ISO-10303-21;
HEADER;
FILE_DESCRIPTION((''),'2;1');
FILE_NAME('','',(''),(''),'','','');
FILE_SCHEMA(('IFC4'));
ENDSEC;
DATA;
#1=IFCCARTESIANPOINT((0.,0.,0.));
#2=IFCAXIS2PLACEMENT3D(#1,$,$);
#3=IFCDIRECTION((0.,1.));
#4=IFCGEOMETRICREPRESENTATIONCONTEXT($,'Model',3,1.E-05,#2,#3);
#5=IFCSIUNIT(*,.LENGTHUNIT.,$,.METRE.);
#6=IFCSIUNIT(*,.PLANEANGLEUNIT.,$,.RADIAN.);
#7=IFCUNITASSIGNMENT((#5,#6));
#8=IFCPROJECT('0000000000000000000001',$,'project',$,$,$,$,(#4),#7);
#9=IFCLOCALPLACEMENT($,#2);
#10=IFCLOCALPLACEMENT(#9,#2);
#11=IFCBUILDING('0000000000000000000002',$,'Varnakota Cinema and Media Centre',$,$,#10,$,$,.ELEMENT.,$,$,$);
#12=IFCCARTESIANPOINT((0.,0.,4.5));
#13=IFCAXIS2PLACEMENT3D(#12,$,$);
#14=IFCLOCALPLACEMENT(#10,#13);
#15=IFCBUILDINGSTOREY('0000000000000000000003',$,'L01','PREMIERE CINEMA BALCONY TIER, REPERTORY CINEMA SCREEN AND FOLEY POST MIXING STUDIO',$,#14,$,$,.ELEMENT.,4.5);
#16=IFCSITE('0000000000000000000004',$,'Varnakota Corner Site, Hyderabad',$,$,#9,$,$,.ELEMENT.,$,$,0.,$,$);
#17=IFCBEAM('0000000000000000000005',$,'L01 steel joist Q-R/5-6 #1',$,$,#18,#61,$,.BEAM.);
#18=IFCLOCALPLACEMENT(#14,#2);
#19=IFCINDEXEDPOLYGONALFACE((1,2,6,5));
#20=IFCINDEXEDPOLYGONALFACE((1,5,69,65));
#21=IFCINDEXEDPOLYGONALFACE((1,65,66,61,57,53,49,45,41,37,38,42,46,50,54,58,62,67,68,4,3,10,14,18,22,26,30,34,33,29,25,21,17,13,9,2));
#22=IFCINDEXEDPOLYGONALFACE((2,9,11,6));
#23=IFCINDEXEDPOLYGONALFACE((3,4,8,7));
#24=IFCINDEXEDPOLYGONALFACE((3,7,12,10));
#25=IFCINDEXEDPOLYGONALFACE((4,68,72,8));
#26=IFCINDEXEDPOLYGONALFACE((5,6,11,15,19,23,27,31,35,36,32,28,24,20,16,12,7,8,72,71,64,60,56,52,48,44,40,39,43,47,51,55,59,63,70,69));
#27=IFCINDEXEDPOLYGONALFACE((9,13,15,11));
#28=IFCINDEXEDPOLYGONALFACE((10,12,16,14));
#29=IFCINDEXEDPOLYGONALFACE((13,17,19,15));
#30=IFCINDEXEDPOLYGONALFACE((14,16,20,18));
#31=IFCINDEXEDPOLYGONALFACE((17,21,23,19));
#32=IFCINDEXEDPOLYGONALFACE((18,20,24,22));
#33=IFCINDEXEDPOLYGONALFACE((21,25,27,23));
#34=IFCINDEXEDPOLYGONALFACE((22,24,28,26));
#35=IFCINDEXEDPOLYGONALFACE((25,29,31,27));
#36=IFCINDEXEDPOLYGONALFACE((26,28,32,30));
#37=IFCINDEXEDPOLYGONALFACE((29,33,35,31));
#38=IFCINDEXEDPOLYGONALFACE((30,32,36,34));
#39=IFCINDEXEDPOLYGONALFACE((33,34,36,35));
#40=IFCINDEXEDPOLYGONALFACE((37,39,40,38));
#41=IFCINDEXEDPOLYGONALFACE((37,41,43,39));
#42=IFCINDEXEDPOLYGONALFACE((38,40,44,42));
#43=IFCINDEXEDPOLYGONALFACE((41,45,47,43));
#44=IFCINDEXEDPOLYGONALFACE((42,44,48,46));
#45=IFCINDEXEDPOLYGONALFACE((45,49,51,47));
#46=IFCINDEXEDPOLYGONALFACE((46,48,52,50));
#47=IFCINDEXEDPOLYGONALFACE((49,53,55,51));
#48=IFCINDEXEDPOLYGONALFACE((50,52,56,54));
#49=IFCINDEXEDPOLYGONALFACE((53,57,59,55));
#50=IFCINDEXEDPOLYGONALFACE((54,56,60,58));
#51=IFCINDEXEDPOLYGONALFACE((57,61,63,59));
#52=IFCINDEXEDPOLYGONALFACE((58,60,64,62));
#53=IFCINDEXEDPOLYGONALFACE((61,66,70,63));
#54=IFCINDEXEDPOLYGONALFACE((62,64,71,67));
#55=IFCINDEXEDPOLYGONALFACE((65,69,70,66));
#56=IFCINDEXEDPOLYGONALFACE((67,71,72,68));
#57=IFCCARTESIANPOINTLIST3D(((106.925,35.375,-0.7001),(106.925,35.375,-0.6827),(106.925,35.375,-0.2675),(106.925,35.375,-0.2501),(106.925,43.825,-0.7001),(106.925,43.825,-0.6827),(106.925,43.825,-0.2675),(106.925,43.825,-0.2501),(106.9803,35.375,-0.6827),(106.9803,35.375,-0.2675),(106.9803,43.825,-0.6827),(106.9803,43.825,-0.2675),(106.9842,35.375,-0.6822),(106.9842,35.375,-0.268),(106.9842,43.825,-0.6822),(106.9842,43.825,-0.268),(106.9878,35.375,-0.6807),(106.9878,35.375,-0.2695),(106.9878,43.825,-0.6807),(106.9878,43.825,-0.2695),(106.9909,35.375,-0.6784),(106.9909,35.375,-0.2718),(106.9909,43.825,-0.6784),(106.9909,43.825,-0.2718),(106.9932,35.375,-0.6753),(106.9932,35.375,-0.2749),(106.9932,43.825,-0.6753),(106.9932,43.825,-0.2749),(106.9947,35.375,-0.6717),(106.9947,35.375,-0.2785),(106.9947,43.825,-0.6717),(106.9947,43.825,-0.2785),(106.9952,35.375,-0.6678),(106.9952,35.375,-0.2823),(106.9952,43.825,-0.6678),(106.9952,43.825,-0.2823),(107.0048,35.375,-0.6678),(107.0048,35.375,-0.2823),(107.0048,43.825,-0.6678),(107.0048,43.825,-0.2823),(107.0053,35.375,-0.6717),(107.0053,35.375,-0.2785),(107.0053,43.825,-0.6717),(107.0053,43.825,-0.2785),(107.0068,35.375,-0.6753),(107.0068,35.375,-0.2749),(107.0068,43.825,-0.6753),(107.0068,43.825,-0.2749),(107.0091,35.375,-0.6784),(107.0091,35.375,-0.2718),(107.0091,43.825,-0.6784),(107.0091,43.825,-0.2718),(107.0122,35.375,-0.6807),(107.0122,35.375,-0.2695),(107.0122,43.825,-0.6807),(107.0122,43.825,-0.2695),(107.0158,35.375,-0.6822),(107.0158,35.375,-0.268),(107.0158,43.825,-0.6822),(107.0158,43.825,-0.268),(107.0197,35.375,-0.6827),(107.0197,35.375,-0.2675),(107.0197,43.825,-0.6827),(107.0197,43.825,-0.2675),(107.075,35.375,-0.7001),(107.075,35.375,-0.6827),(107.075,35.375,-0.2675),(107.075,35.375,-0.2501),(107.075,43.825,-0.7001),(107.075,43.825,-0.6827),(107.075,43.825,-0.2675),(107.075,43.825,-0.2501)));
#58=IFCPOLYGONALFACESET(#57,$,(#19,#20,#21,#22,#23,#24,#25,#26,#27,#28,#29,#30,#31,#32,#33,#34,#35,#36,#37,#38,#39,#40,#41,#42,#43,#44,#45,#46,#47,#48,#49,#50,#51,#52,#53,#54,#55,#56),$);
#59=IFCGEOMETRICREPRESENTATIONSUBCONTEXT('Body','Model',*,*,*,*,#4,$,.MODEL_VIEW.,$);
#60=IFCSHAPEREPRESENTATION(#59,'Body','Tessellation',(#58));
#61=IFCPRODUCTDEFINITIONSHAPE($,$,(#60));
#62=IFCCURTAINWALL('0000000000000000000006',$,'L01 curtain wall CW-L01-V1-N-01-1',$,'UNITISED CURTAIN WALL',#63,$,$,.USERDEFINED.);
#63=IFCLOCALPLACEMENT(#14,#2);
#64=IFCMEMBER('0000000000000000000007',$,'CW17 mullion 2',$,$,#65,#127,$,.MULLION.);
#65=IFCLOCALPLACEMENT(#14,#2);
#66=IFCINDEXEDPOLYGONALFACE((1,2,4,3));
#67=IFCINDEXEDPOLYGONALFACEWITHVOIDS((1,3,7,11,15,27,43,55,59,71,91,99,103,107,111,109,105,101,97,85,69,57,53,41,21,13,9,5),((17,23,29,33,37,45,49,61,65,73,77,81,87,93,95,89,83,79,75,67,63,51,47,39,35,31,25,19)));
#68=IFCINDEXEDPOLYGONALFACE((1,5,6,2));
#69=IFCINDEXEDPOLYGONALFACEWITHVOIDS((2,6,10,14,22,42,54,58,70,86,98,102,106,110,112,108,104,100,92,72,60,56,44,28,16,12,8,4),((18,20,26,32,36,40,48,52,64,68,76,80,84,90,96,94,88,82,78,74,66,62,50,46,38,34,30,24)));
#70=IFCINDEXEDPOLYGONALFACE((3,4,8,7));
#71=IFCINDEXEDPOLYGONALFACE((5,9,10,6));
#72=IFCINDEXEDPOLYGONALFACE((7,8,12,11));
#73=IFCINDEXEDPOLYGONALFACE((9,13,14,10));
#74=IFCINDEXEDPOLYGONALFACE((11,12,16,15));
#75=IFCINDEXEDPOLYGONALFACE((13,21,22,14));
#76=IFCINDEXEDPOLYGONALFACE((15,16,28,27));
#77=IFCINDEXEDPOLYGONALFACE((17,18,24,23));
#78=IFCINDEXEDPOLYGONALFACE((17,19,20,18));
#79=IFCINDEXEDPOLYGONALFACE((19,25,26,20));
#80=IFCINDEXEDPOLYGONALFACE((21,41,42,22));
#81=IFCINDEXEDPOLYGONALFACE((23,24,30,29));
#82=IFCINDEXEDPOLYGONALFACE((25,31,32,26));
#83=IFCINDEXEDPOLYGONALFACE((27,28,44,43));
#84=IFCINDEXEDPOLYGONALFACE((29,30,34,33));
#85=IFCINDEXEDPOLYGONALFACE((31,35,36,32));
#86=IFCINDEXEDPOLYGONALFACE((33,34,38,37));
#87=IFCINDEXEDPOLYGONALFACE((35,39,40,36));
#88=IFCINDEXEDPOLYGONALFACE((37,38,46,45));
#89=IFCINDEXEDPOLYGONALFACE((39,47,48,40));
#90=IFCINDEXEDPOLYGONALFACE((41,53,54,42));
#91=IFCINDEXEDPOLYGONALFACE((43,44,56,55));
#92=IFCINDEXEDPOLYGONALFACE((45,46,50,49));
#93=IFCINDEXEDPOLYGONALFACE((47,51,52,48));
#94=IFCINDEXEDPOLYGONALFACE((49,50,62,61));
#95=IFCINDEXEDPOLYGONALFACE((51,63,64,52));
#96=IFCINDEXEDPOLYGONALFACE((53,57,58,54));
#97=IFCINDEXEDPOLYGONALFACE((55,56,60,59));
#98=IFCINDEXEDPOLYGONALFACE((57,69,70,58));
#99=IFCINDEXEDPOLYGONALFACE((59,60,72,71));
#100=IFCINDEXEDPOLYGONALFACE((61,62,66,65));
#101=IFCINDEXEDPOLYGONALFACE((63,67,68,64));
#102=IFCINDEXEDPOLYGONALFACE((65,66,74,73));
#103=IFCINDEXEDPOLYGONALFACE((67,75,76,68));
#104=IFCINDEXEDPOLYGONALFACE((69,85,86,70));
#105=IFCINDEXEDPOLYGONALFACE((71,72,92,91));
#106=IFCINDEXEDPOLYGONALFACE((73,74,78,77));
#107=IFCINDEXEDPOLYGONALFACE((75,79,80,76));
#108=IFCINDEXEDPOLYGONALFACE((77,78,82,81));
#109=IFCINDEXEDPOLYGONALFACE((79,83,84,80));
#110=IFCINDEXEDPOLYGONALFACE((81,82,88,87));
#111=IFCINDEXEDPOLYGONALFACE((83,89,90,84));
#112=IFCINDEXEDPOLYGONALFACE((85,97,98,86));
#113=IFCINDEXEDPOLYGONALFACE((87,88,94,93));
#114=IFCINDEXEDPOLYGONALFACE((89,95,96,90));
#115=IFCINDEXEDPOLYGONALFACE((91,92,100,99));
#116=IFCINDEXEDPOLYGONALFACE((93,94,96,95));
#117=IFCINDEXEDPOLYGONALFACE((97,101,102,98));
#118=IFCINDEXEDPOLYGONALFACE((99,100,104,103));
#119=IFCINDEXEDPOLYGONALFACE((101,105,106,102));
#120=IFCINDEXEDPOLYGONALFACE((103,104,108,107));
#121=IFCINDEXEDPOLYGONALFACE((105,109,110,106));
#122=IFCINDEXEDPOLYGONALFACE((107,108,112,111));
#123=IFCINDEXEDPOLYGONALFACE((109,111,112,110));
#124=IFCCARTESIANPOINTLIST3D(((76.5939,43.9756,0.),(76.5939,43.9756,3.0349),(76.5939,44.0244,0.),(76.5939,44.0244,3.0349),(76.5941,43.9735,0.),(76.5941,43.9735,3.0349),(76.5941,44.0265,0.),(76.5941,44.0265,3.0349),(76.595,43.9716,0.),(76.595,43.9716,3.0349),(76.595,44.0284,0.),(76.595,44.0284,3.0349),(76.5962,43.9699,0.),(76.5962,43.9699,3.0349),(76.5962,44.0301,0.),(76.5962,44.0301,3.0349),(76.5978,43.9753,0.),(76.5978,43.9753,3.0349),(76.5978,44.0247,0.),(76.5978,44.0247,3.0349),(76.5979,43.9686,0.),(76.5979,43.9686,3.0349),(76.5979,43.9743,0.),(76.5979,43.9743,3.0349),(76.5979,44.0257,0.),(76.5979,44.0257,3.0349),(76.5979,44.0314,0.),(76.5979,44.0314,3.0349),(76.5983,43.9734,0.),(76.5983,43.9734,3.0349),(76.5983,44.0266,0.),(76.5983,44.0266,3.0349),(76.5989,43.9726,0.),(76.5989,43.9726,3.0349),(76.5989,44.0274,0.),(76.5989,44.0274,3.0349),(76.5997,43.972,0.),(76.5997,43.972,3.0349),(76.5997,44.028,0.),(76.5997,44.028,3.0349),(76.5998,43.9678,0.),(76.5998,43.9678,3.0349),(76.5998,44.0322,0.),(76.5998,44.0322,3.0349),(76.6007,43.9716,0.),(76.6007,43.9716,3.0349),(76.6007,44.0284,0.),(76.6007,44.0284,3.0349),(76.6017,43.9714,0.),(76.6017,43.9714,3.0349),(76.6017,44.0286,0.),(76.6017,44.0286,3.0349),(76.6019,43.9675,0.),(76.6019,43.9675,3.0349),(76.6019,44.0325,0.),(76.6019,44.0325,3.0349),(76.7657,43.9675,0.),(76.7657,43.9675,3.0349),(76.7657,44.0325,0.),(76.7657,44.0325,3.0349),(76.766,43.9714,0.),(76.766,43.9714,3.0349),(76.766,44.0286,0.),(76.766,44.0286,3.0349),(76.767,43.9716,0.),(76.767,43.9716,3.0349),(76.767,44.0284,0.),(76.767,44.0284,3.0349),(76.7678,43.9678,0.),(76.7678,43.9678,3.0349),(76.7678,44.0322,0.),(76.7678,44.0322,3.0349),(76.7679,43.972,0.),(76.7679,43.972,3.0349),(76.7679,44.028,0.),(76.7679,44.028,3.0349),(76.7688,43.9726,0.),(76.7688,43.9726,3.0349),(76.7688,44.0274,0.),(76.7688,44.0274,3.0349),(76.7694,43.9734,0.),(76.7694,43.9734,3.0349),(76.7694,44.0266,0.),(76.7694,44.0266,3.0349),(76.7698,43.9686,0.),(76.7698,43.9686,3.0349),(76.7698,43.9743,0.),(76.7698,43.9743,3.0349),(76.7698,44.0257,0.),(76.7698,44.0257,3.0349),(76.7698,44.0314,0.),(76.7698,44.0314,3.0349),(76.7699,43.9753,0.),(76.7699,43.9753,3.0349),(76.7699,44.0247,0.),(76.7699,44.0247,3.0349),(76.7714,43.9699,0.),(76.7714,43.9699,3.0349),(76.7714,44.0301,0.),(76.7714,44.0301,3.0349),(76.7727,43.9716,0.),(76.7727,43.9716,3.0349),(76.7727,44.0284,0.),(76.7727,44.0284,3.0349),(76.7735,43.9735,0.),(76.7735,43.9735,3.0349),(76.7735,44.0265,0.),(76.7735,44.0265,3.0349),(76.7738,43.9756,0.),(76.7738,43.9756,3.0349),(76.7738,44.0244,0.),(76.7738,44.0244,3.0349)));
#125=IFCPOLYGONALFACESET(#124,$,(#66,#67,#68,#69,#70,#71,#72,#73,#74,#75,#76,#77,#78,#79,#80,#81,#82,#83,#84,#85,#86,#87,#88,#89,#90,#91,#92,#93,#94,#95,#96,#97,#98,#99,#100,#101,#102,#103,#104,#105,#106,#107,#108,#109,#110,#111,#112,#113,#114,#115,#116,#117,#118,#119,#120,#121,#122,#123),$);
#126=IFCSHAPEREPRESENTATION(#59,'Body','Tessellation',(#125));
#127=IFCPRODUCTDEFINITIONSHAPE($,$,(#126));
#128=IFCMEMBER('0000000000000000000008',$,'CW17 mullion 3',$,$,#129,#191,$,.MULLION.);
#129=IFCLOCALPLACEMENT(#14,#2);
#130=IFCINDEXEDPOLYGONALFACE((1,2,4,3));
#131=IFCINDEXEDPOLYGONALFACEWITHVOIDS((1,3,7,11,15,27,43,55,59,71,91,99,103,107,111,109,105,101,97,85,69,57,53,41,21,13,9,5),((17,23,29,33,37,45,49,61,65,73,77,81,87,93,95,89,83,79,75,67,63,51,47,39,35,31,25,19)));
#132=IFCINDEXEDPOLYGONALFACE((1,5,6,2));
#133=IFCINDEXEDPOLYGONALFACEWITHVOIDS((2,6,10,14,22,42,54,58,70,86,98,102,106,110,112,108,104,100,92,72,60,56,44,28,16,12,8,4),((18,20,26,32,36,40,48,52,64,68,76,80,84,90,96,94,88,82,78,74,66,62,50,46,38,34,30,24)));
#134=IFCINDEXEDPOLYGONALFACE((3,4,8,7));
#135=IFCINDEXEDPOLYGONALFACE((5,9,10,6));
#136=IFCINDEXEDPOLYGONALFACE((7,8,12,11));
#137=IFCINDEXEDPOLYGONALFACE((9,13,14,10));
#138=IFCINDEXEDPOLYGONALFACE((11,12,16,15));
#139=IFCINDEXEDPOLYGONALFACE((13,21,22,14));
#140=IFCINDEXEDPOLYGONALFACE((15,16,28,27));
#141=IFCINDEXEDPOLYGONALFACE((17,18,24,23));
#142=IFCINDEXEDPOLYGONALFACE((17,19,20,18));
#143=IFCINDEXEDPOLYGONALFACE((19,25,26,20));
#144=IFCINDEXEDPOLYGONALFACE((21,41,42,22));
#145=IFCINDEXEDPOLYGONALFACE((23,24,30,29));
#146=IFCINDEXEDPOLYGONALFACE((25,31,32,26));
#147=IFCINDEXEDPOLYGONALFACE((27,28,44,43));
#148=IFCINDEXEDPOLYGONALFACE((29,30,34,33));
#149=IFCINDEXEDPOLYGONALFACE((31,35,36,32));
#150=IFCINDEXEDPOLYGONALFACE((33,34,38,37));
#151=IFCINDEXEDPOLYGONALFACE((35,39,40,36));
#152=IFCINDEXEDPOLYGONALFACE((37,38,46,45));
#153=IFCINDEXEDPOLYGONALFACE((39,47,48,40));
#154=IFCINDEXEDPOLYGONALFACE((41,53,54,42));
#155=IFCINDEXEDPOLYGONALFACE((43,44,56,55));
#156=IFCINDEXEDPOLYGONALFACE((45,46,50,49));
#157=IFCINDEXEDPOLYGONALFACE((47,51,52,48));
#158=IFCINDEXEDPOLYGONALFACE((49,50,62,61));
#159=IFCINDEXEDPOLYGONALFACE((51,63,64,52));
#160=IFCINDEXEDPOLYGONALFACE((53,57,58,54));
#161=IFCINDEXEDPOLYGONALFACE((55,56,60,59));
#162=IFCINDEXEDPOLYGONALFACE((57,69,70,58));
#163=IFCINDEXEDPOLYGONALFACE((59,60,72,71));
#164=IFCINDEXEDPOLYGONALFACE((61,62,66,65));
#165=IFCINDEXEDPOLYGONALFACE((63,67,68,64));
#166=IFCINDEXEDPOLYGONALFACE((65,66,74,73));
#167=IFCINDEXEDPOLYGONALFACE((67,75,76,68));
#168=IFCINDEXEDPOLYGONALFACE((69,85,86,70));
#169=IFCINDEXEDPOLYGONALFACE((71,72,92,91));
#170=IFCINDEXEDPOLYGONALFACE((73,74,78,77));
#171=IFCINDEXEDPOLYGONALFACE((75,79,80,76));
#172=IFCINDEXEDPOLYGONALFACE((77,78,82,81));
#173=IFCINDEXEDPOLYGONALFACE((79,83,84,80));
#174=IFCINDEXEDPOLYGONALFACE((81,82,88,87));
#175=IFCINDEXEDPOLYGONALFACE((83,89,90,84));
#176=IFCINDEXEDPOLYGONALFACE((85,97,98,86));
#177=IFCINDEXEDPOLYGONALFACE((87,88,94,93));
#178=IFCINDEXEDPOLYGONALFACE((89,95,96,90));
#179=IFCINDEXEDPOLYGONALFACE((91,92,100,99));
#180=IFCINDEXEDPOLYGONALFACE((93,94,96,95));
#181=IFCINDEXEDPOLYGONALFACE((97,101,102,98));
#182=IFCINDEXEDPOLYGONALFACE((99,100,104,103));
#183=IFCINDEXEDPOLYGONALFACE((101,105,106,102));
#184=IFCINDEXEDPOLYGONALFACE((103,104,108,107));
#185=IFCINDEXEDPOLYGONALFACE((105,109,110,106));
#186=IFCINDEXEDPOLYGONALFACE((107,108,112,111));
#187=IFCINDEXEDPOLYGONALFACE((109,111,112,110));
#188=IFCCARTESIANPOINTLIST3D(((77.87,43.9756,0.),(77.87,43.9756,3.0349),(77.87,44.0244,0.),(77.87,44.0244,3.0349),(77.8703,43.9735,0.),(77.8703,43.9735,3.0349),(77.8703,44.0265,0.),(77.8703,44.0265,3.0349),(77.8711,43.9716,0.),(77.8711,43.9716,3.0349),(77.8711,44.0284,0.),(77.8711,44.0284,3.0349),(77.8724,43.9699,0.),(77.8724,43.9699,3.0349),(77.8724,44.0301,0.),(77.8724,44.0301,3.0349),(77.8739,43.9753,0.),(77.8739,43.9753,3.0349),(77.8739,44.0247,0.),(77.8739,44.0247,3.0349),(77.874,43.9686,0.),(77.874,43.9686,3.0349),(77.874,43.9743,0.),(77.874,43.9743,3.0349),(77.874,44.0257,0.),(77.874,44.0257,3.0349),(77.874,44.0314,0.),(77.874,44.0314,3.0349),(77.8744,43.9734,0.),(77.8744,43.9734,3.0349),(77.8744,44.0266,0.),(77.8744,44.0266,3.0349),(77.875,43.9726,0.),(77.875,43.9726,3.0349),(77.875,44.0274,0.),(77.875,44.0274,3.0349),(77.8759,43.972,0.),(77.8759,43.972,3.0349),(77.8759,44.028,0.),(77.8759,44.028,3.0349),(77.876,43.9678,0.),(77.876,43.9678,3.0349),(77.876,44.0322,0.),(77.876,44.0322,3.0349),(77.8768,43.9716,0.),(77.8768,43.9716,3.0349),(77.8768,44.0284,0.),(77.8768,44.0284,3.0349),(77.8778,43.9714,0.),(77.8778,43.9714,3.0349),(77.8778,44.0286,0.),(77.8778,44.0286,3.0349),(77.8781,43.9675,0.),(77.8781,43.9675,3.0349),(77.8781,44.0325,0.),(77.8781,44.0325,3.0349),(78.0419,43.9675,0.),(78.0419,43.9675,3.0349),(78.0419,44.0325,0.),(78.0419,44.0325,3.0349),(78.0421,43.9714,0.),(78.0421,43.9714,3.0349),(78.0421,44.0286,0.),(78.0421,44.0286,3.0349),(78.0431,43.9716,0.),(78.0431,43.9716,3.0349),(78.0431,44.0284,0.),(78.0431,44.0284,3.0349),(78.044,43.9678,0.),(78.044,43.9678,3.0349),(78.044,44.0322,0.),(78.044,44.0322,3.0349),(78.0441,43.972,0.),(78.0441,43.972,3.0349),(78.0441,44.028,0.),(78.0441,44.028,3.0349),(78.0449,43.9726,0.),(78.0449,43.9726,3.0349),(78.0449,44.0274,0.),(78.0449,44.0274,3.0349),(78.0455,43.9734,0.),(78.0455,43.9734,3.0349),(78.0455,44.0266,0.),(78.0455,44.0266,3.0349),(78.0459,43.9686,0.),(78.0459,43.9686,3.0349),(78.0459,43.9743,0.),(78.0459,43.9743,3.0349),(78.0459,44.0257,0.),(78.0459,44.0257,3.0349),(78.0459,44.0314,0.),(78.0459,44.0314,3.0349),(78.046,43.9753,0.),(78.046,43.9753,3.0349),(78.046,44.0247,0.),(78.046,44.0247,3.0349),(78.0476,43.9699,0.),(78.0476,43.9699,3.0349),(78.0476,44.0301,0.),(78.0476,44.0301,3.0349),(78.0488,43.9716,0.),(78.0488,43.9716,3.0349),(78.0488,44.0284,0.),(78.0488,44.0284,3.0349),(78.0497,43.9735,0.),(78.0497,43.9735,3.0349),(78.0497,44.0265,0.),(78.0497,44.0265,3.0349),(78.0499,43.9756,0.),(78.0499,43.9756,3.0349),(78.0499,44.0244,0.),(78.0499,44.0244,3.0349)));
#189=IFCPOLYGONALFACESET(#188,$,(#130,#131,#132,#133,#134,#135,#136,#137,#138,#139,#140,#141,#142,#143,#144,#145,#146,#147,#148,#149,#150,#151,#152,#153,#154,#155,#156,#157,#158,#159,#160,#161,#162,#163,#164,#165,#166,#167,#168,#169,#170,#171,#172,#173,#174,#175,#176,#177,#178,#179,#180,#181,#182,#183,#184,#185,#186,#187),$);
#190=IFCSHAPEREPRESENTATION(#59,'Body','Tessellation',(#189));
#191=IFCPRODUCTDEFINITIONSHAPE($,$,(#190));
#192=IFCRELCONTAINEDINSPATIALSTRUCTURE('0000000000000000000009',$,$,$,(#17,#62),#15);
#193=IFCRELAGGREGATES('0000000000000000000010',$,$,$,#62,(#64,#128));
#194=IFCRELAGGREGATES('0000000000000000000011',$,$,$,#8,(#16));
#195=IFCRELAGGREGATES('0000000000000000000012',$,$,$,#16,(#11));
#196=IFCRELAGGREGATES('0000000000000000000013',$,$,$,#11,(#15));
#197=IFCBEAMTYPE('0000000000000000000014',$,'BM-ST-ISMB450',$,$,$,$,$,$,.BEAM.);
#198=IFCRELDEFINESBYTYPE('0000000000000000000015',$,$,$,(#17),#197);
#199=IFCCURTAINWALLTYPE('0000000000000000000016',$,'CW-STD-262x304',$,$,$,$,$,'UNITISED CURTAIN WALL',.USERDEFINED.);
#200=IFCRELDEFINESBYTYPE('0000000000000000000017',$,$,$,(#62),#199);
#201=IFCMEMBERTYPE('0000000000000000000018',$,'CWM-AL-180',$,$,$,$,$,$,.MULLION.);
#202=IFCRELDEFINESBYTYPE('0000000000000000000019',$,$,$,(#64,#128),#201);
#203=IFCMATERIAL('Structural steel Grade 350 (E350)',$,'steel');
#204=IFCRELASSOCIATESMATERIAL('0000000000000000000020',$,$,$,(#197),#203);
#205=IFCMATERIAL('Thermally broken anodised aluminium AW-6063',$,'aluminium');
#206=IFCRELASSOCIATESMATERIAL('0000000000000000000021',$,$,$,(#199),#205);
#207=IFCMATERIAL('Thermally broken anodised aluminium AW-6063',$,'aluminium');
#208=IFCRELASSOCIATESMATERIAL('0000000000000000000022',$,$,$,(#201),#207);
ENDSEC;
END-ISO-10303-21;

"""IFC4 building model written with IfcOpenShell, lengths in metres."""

from ifc_helpers import new_model, si_unit, direction, frame, origin, origin_2d, place, context, subcontext, project, spatial, hollow_rectangle, i_section, extrude, material, material_profile, profile_set, type_object, element, aggregate, save


model = new_model("IFC4")

# Units and contexts
model_context = context("Model", 3, precision=1e-05, world=origin(), true_north=direction((0.0, 1.0)))
body_context = subcontext(model_context, "Body", "Model", "MODEL_VIEW")
ifc_project = project(units=[si_unit("LENGTHUNIT", "METRE"), si_unit("PLANEANGLEUNIT", "RADIAN")], contexts=[model_context])

# Site, building, storey
site_placement = place(None, origin())
site = spatial("IfcSite", under=ifc_project, at=site_placement, Name="Varnakota Corner Site, Hyderabad", CompositionType="ELEMENT", RefElevation=0.0)
building_placement = place(site_placement, origin())
building = spatial("IfcBuilding", under=site, at=building_placement, Name="Varnakota Cinema and Media Centre", CompositionType="ELEMENT")
storey_placement = place(building_placement, frame((0.0, 0.0, 4.5)))
storey = spatial("IfcBuildingStorey", under=building, at=storey_placement, Name="L01", Description="PREMIERE CINEMA BALCONY TIER, REPERTORY CINEMA SCREEN AND FOLEY POST MIXING STUDIO", CompositionType="ELEMENT", Elevation=4.5)

# Beam
ifc_material_1 = material(Name="Structural steel Grade 350 (E350)", Category="steel")
ifc_material_profile_1 = material_profile(ifc_material_1, i_section(OverallWidth=0.1499, OverallDepth=0.45, WebThickness=0.0095, FlangeThickness=0.0173, FilletRadius=0.0149, at=origin_2d()), Name="ISMB 450")
ifc_profile_set_1 = profile_set([ifc_material_profile_1], Name="Structural steel Grade 350 (E350)")
beam_type_1 = type_object("IfcBeamType", Name="BM-ST-ISMB450", PredefinedType="BEAM", material=ifc_profile_set_1)
beam_1_placement = place(storey_placement, frame((107.0, 35.375, -0.4751), z_axis=(0.0, 1.0, 0.0), x_axis=(-1.0, 0.0, 0.0)))
element("IfcBeam", 1, at=beam_1_placement, inside=storey, type_object=beam_type_1, Name="L01 steel joist Q-R/5-6 #1", PredefinedType="BEAM", context=body_context, shape_type="SweptSolid", body=[
    extrude(i_section(OverallWidth=0.1499, OverallDepth=0.45, WebThickness=0.0095, FlangeThickness=0.0173, FilletRadius=0.0149, at=origin_2d()), origin(), (0.0, 0.0, 1.0), 8.45),
])

# Curtain wall, members
ifc_material_2 = material(Name="Thermally broken anodised aluminium AW-6063", Category="aluminium")
curtain_wall_type = type_object("IfcCurtainWallType", Name="CW-STD-262x304", ElementType="UNITISED CURTAIN WALL", PredefinedType="USERDEFINED", material=ifc_material_2)
curtain_wall_1_placement = place(storey_placement, origin())
curtain_wall_1 = element("IfcCurtainWall", 2, at=curtain_wall_1_placement, inside=storey, type_object=curtain_wall_type, Name="L01 curtain wall CW-L01-V1-N-01-1", ObjectType="UNITISED CURTAIN WALL", PredefinedType="USERDEFINED")
ifc_material_3 = material(Name="Thermally broken anodised aluminium AW-6063", Category="aluminium")
ifc_material_profile_2 = material_profile(ifc_material_3, hollow_rectangle(XDim=0.0649, YDim=0.1799, WallThickness=0.0039, InnerFilletRadius=0.0039, OuterFilletRadius=0.0081, at=origin_2d()), Name="AL-MULLION 180x65x4")
ifc_profile_set_2 = profile_set([ifc_material_profile_2], Name="Thermally broken anodised aluminium AW-6063")
member_type_1 = type_object("IfcMemberType", Name="CWM-AL-180", PredefinedType="MULLION", material=ifc_profile_set_2)
member_1_placement = place(storey_placement, frame((76.6838, 44.0, 0.0), z_axis=(0.0, 0.0, 1.0), x_axis=(0.0, 1.0, 0.0)))
member_1 = element("IfcMember", 3, at=member_1_placement, type_object=member_type_1, Name="CW17 mullion 2", PredefinedType="MULLION", context=body_context, shape_type="SweptSolid", body=[
    extrude(hollow_rectangle(XDim=0.0649, YDim=0.1799, WallThickness=0.0039, InnerFilletRadius=0.0039, OuterFilletRadius=0.0081, at=origin_2d()), origin(), (0.0, 0.0, 1.0), 3.0349),
])
member_2_placement = place(storey_placement, frame((77.96, 44.0, 0.0), z_axis=(0.0, 0.0, 1.0), x_axis=(0.0, 1.0, 0.0)))
member_2 = element("IfcMember", 4, at=member_2_placement, type_object=member_type_1, Name="CW17 mullion 3", PredefinedType="MULLION", context=body_context, shape_type="SweptSolid", body=[
    extrude(hollow_rectangle(XDim=0.0649, YDim=0.1799, WallThickness=0.0039, InnerFilletRadius=0.0039, OuterFilletRadius=0.0081, at=origin_2d()), origin(), (0.0, 0.0, 1.0), 3.0349),
])

aggregate(curtain_wall_1, [member_1, member_2])

save(model, "model.ifc")
